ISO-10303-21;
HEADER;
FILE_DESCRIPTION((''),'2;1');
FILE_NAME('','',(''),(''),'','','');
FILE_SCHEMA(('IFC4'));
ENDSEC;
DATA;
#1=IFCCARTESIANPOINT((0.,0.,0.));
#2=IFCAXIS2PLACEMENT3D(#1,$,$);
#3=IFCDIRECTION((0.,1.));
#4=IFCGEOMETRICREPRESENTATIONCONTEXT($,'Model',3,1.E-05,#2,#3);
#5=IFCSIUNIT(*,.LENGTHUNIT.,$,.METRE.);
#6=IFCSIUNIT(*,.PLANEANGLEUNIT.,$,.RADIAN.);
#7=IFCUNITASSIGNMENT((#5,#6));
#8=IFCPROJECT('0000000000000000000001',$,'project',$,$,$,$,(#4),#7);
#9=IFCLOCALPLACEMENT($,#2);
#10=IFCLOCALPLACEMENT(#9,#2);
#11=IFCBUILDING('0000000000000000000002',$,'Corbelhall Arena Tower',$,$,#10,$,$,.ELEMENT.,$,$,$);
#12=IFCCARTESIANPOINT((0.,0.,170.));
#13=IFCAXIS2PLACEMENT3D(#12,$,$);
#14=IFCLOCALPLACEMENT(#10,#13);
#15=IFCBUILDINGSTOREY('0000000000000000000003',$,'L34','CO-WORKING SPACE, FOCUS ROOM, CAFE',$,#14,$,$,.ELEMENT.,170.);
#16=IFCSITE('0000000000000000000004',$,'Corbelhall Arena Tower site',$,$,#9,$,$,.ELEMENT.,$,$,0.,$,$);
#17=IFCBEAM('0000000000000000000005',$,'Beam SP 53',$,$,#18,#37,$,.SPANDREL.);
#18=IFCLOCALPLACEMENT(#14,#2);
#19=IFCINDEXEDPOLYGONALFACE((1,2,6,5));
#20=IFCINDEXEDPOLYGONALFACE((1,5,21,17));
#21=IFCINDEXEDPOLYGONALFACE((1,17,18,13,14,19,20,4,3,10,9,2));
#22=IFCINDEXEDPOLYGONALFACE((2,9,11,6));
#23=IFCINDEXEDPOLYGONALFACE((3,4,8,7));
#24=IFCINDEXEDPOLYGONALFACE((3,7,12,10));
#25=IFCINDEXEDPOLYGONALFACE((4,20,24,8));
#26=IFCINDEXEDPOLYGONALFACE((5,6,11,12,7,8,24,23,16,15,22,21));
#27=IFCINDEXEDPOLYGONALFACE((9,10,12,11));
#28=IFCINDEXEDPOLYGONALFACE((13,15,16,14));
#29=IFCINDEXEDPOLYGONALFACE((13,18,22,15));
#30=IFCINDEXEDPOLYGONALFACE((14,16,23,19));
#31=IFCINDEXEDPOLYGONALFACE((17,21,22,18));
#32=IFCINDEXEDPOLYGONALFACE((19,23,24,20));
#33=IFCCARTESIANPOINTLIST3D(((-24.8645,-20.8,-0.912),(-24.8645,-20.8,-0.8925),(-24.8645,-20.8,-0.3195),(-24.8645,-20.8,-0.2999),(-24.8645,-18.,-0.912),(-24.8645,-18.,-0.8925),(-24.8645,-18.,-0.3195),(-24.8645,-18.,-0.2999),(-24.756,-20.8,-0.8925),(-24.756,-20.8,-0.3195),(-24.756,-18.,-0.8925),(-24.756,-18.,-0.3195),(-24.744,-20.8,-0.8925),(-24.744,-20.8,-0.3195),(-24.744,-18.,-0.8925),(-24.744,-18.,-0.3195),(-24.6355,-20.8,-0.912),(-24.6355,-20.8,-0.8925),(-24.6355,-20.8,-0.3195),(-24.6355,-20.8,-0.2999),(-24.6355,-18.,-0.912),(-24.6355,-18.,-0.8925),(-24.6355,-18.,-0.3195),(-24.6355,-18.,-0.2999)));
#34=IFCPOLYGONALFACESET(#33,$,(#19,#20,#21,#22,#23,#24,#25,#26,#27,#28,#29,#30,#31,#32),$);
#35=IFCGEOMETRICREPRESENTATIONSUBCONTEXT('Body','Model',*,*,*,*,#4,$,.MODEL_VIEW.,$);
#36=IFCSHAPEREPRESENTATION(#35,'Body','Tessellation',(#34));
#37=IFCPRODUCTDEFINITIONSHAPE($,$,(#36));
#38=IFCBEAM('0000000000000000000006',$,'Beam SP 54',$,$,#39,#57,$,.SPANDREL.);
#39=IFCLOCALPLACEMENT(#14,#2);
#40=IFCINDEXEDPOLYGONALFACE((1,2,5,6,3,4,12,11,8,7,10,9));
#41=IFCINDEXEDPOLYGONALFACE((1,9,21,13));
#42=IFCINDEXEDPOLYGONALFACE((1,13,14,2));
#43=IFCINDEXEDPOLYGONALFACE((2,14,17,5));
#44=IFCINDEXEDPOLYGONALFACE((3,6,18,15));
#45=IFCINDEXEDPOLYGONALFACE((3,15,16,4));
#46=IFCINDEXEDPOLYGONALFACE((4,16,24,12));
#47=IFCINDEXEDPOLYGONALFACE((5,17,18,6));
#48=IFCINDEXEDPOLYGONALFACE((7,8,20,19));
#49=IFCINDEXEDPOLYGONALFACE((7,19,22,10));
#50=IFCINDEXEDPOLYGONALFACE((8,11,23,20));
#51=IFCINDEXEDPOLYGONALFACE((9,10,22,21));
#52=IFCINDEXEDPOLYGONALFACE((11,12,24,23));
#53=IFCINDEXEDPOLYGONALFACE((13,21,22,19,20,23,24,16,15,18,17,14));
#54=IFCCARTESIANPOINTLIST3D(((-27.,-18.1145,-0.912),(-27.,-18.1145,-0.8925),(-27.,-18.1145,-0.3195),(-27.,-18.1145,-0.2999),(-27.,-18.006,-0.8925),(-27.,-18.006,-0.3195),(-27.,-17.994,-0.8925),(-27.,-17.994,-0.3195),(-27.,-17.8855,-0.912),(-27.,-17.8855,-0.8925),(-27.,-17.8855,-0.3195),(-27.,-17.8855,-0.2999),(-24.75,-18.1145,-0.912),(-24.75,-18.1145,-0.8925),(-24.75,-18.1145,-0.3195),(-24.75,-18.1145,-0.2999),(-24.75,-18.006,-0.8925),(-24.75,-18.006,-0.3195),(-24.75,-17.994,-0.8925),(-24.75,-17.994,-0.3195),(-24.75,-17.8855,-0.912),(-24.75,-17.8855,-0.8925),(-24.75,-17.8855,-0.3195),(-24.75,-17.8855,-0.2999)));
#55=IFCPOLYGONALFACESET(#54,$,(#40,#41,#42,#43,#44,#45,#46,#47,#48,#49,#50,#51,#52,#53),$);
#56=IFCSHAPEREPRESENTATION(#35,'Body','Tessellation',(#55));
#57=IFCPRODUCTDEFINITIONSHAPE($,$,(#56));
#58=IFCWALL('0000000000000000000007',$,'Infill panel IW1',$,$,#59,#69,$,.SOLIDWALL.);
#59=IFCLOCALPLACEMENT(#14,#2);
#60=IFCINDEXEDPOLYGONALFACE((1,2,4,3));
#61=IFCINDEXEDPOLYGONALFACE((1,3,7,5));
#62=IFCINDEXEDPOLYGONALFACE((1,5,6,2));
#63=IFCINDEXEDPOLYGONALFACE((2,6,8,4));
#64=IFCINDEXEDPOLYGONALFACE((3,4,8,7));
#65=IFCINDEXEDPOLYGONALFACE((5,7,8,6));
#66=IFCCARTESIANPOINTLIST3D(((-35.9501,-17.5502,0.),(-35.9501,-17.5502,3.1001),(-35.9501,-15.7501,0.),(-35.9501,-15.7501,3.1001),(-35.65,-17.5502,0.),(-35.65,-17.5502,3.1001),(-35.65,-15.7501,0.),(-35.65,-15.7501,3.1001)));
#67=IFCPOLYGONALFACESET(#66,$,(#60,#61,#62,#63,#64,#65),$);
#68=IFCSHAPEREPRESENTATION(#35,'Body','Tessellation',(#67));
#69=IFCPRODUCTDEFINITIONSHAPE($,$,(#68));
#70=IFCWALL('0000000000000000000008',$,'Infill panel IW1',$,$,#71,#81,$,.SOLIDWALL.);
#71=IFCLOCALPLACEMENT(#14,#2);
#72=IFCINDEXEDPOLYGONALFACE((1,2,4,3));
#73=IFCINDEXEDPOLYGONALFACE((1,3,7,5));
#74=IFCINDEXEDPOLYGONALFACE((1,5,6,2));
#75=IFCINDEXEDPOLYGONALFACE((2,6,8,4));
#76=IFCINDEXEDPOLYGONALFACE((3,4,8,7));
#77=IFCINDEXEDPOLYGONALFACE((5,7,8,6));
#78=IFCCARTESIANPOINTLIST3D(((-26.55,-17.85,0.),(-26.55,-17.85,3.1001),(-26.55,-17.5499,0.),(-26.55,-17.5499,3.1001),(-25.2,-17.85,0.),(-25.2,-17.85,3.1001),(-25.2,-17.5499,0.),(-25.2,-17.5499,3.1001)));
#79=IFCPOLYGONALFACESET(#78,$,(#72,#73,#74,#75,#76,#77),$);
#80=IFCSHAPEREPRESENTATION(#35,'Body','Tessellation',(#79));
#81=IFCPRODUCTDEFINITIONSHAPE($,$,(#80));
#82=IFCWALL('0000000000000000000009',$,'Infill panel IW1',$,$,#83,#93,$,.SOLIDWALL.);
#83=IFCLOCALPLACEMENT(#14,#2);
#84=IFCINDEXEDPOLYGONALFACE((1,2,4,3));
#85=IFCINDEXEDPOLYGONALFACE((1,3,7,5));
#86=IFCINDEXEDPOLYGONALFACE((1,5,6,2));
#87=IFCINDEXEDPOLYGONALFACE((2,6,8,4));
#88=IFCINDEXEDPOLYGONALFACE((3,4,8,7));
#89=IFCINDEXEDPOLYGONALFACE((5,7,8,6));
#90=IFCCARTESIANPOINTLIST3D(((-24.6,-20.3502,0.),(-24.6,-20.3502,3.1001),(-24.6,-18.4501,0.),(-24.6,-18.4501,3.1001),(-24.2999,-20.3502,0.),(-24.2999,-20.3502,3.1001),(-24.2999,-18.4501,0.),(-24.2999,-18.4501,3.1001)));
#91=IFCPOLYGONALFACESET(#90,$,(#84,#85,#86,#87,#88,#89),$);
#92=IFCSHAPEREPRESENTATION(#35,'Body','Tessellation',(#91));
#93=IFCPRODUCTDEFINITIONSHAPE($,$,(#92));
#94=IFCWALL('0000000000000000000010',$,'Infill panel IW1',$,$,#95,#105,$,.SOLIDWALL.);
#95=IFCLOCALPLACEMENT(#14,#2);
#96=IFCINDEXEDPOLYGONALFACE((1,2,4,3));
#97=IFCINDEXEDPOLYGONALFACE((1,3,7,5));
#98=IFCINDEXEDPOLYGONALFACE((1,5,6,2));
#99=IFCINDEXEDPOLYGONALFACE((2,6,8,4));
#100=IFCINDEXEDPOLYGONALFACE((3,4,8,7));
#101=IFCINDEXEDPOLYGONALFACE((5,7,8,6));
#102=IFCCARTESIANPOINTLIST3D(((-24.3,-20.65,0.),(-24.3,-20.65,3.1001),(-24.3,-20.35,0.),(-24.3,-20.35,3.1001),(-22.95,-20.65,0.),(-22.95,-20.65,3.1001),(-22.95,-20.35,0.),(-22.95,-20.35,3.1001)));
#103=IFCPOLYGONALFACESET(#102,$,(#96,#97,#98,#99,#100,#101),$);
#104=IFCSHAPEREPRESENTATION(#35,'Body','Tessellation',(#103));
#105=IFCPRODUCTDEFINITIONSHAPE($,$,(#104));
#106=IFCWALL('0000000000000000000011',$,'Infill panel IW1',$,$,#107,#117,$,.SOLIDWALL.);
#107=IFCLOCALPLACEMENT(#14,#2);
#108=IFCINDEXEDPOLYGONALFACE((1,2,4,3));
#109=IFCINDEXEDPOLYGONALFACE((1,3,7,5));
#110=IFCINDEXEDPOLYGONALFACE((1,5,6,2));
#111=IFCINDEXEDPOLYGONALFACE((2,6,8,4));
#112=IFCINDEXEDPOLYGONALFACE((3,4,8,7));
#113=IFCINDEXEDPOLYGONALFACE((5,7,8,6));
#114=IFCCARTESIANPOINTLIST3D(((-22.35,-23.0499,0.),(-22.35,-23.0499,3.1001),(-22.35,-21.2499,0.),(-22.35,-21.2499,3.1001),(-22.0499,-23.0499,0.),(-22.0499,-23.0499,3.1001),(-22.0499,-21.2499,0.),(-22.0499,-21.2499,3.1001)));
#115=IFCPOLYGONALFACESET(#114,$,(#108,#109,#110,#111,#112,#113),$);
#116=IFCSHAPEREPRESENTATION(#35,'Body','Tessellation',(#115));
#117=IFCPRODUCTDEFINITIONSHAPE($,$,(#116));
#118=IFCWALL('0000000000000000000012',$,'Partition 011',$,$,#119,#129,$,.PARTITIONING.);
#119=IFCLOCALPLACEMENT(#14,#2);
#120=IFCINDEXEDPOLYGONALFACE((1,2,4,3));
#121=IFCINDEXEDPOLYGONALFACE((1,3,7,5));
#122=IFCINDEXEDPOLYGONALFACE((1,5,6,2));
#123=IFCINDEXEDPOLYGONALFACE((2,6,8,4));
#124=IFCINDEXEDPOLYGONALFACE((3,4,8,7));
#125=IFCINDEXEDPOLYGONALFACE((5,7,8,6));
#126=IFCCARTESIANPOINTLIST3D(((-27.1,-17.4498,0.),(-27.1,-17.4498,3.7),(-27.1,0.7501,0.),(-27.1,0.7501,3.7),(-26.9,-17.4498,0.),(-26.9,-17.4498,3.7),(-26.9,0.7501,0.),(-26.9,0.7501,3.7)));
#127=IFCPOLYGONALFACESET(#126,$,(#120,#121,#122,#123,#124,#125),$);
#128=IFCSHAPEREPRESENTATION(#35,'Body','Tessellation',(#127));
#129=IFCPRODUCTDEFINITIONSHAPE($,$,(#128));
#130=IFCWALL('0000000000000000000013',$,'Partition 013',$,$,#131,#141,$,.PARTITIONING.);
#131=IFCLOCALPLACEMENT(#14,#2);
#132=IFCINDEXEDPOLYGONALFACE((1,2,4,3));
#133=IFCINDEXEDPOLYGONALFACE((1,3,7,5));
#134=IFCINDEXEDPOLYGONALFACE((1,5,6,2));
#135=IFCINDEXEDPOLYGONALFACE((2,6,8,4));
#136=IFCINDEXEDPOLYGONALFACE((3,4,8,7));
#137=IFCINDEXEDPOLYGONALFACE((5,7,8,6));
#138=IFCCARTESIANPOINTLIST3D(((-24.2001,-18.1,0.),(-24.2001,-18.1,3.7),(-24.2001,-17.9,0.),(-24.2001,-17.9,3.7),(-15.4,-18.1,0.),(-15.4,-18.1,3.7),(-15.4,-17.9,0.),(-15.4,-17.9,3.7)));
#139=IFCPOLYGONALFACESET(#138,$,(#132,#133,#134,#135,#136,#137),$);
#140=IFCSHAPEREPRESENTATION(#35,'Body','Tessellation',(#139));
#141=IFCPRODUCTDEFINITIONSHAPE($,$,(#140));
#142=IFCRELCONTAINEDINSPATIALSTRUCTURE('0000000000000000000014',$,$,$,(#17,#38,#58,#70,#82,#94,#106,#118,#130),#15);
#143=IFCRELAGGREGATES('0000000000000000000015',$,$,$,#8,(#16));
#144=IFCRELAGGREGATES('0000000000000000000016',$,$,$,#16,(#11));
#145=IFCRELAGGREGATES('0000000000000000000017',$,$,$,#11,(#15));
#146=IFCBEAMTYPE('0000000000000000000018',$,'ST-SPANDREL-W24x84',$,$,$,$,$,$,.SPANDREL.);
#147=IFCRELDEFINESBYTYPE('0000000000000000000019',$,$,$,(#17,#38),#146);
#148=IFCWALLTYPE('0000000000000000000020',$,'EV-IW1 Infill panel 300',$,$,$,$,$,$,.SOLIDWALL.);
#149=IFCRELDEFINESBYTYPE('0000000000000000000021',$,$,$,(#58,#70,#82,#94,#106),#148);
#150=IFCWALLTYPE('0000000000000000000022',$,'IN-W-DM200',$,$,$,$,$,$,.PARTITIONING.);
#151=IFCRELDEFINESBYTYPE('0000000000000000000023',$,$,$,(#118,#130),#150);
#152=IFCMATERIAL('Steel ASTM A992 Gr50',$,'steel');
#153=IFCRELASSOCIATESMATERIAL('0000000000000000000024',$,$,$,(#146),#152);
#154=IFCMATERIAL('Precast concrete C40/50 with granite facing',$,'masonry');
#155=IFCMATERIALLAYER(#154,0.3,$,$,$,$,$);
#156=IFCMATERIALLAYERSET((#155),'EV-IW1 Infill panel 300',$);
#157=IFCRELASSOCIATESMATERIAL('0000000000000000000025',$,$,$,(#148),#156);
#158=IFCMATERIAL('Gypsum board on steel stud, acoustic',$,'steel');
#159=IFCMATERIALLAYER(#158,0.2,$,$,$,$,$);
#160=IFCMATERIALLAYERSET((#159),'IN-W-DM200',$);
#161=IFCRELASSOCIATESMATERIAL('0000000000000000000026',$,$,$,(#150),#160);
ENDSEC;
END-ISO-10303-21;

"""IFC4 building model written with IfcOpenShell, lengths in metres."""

from ifc_helpers import new_model, si_unit, direction, frame, frame_2d, origin, origin_2d, place, context, subcontext, project, spatial, rectangle, i_section, extrude, material, layer, layer_set, material_profile, profile_set, type_object, element, save


model = new_model("IFC4")

# Units and contexts
model_context = context("Model", 3, precision=1e-05, world=origin(), true_north=direction((0.0, 1.0)))
body_context = subcontext(model_context, "Body", "Model", "MODEL_VIEW")
ifc_project = project(units=[si_unit("LENGTHUNIT", "METRE"), si_unit("PLANEANGLEUNIT", "RADIAN")], contexts=[model_context])

# Site, building, storey
site_placement = place(None, origin())
site = spatial("IfcSite", under=ifc_project, at=site_placement, Name="Corbelhall Arena Tower site", CompositionType="ELEMENT", RefElevation=0.0)
building_placement = place(site_placement, origin())
building = spatial("IfcBuilding", under=site, at=building_placement, Name="Corbelhall Arena Tower", CompositionType="ELEMENT")
storey_placement = place(building_placement, frame((0.0, 0.0, 170.0)))
storey = spatial("IfcBuildingStorey", under=building, at=storey_placement, Name="L34", Description="CO-WORKING SPACE, FOCUS ROOM, CAFE", CompositionType="ELEMENT", Elevation=170.0)

# Beams
ifc_material_1 = material(Name="Steel ASTM A992 Gr50", Category="steel")
ifc_material_profile_1 = material_profile(ifc_material_1, i_section(OverallWidth=0.229, OverallDepth=0.6121, WebThickness=0.012, FlangeThickness=0.0195, at=origin_2d()))
ifc_profile_set_1 = profile_set([ifc_material_profile_1], Name="Steel ASTM A992 Gr50")
beam_type = type_object("IfcBeamType", Name="ST-SPANDREL-W24x84", PredefinedType="SPANDREL", material=ifc_profile_set_1)
beam_1_placement = place(storey_placement, frame((-24.75, -20.8, -0.606), z_axis=(0.0, 1.0, 0.0), x_axis=(-1.0, 0.0, 0.0)))
element("IfcBeam", 1, at=beam_1_placement, inside=storey, type_object=beam_type, Name="Beam SP 53", PredefinedType="SPANDREL", context=body_context, shape_type="SweptSolid", body=[
    extrude(i_section(OverallWidth=0.229, OverallDepth=0.6121, WebThickness=0.012, FlangeThickness=0.0195, at=origin_2d()), origin(), (0.0, 0.0, 1.0), 2.8),
])
beam_2_placement = place(storey_placement, frame((-24.75, -18.0, -0.606), z_axis=(-1.0, 0.0, 0.0), x_axis=(0.0, -1.0, 0.0)))
element("IfcBeam", 2, at=beam_2_placement, inside=storey, type_object=beam_type, Name="Beam SP 54", PredefinedType="SPANDREL", context=body_context, shape_type="SweptSolid", body=[
    extrude(i_section(OverallWidth=0.229, OverallDepth=0.6121, WebThickness=0.012, FlangeThickness=0.0195, at=origin_2d()), origin(), (0.0, 0.0, 1.0), 2.25),
])

# Wall
ifc_material_2 = material(Name="Precast concrete C40/50 with granite facing", Category="masonry")
ifc_layer_1 = layer(ifc_material_2, 0.3)
ifc_layer_set_1 = layer_set([ifc_layer_1], Name="EV-IW1 Infill panel 300")
wall_type_1 = type_object("IfcWallType", Name="EV-IW1 Infill panel 300", PredefinedType="SOLIDWALL", material=ifc_layer_set_1)
wall_1_placement = place(storey_placement, frame((-35.8, -17.55, 0.0), z_axis=(0.0, 0.0, 1.0), x_axis=(0.0, 1.0, 0.0)))
element("IfcWall", 3, at=wall_1_placement, inside=storey, type_object=wall_type_1, Name="Infill panel IW1", PredefinedType="SOLIDWALL", context=body_context, shape_type="SweptSolid", body=[
    extrude(rectangle(XDim=1.8, YDim=0.3, at=frame_2d((0.8999, 0.0))), origin(), (0.0, 0.0, 1.0), 3.1001),
])

# Walls
wall_2_placement = place(storey_placement, frame((-26.55, -17.7, 0.0), z_axis=(0.0, 0.0, 1.0), x_axis=(1.0, 0.0, 0.0)))
element("IfcWall", 4, at=wall_2_placement, inside=storey, type_object=wall_type_1, Name="Infill panel IW1", PredefinedType="SOLIDWALL", context=body_context, shape_type="SweptSolid", body=[
    extrude(rectangle(XDim=1.3501, YDim=0.3, at=frame_2d((0.675, 0.0))), origin(), (0.0, 0.0, 1.0), 3.1001),
])
wall_3_placement = place(storey_placement, frame((-24.45, -18.45, 0.0), z_axis=(0.0, 0.0, 1.0), x_axis=(0.0, -1.0, 0.0)))
element("IfcWall", 5, at=wall_3_placement, inside=storey, type_object=wall_type_1, Name="Infill panel IW1", PredefinedType="SOLIDWALL", context=body_context, shape_type="SweptSolid", body=[
    extrude(rectangle(XDim=1.9001, YDim=0.3, at=frame_2d((0.9502, 0.0))), origin(), (0.0, 0.0, 1.0), 3.1001),
])
wall_4_placement = place(storey_placement, frame((-24.3, -20.5, 0.0), z_axis=(0.0, 0.0, 1.0), x_axis=(1.0, 0.0, 0.0)))
element("IfcWall", 6, at=wall_4_placement, inside=storey, type_object=wall_type_1, Name="Infill panel IW1", PredefinedType="SOLIDWALL", context=body_context, shape_type="SweptSolid", body=[
    extrude(rectangle(XDim=1.3501, YDim=0.3, at=frame_2d((0.675, 0.0))), origin(), (0.0, 0.0, 1.0), 3.1001),
])
wall_5_placement = place(storey_placement, frame((-22.2, -21.25, 0.0), z_axis=(0.0, 0.0, 1.0), x_axis=(0.0, -1.0, 0.0)))
element("IfcWall", 7, at=wall_5_placement, inside=storey, type_object=wall_type_1, Name="Infill panel IW1", PredefinedType="SOLIDWALL", context=body_context, shape_type="SweptSolid", body=[
    extrude(rectangle(XDim=1.8, YDim=0.3, at=frame_2d((0.8999, 0.0))), origin(), (0.0, 0.0, 1.0), 3.1001),
])

# Walls
ifc_material_3 = material(Name="Gypsum board on steel stud, acoustic", Category="steel")
ifc_layer_2 = layer(ifc_material_3, 0.2)
ifc_layer_set_2 = layer_set([ifc_layer_2], Name="IN-W-DM200")
wall_type_2 = type_object("IfcWallType", Name="IN-W-DM200", PredefinedType="PARTITIONING", material=ifc_layer_set_2)
wall_6_placement = place(storey_placement, frame((-27.0, -17.45, 0.0), z_axis=(0.0, 0.0, 1.0), x_axis=(0.0, 1.0, 0.0)))
element("IfcWall", 8, at=wall_6_placement, inside=storey, type_object=wall_type_2, Name="Partition 011", PredefinedType="PARTITIONING", context=body_context, shape_type="SweptSolid", body=[
    extrude(rectangle(XDim=18.2, YDim=0.2, at=frame_2d((9.1001, 0.0))), origin(), (0.0, 0.0, 1.0), 3.7),
])
wall_7_placement = place(storey_placement, frame((-24.2, -18.0, 0.0), z_axis=(0.0, 0.0, 1.0), x_axis=(1.0, 0.0, 0.0)))
element("IfcWall", 9, at=wall_7_placement, inside=storey, type_object=wall_type_2, Name="Partition 013", PredefinedType="PARTITIONING", context=body_context, shape_type="SweptSolid", body=[
    extrude(rectangle(XDim=8.8, YDim=0.2, at=frame_2d((4.3999, 0.0))), origin(), (0.0, 0.0, 1.0), 3.7),
])

save(model, "model.ifc")
